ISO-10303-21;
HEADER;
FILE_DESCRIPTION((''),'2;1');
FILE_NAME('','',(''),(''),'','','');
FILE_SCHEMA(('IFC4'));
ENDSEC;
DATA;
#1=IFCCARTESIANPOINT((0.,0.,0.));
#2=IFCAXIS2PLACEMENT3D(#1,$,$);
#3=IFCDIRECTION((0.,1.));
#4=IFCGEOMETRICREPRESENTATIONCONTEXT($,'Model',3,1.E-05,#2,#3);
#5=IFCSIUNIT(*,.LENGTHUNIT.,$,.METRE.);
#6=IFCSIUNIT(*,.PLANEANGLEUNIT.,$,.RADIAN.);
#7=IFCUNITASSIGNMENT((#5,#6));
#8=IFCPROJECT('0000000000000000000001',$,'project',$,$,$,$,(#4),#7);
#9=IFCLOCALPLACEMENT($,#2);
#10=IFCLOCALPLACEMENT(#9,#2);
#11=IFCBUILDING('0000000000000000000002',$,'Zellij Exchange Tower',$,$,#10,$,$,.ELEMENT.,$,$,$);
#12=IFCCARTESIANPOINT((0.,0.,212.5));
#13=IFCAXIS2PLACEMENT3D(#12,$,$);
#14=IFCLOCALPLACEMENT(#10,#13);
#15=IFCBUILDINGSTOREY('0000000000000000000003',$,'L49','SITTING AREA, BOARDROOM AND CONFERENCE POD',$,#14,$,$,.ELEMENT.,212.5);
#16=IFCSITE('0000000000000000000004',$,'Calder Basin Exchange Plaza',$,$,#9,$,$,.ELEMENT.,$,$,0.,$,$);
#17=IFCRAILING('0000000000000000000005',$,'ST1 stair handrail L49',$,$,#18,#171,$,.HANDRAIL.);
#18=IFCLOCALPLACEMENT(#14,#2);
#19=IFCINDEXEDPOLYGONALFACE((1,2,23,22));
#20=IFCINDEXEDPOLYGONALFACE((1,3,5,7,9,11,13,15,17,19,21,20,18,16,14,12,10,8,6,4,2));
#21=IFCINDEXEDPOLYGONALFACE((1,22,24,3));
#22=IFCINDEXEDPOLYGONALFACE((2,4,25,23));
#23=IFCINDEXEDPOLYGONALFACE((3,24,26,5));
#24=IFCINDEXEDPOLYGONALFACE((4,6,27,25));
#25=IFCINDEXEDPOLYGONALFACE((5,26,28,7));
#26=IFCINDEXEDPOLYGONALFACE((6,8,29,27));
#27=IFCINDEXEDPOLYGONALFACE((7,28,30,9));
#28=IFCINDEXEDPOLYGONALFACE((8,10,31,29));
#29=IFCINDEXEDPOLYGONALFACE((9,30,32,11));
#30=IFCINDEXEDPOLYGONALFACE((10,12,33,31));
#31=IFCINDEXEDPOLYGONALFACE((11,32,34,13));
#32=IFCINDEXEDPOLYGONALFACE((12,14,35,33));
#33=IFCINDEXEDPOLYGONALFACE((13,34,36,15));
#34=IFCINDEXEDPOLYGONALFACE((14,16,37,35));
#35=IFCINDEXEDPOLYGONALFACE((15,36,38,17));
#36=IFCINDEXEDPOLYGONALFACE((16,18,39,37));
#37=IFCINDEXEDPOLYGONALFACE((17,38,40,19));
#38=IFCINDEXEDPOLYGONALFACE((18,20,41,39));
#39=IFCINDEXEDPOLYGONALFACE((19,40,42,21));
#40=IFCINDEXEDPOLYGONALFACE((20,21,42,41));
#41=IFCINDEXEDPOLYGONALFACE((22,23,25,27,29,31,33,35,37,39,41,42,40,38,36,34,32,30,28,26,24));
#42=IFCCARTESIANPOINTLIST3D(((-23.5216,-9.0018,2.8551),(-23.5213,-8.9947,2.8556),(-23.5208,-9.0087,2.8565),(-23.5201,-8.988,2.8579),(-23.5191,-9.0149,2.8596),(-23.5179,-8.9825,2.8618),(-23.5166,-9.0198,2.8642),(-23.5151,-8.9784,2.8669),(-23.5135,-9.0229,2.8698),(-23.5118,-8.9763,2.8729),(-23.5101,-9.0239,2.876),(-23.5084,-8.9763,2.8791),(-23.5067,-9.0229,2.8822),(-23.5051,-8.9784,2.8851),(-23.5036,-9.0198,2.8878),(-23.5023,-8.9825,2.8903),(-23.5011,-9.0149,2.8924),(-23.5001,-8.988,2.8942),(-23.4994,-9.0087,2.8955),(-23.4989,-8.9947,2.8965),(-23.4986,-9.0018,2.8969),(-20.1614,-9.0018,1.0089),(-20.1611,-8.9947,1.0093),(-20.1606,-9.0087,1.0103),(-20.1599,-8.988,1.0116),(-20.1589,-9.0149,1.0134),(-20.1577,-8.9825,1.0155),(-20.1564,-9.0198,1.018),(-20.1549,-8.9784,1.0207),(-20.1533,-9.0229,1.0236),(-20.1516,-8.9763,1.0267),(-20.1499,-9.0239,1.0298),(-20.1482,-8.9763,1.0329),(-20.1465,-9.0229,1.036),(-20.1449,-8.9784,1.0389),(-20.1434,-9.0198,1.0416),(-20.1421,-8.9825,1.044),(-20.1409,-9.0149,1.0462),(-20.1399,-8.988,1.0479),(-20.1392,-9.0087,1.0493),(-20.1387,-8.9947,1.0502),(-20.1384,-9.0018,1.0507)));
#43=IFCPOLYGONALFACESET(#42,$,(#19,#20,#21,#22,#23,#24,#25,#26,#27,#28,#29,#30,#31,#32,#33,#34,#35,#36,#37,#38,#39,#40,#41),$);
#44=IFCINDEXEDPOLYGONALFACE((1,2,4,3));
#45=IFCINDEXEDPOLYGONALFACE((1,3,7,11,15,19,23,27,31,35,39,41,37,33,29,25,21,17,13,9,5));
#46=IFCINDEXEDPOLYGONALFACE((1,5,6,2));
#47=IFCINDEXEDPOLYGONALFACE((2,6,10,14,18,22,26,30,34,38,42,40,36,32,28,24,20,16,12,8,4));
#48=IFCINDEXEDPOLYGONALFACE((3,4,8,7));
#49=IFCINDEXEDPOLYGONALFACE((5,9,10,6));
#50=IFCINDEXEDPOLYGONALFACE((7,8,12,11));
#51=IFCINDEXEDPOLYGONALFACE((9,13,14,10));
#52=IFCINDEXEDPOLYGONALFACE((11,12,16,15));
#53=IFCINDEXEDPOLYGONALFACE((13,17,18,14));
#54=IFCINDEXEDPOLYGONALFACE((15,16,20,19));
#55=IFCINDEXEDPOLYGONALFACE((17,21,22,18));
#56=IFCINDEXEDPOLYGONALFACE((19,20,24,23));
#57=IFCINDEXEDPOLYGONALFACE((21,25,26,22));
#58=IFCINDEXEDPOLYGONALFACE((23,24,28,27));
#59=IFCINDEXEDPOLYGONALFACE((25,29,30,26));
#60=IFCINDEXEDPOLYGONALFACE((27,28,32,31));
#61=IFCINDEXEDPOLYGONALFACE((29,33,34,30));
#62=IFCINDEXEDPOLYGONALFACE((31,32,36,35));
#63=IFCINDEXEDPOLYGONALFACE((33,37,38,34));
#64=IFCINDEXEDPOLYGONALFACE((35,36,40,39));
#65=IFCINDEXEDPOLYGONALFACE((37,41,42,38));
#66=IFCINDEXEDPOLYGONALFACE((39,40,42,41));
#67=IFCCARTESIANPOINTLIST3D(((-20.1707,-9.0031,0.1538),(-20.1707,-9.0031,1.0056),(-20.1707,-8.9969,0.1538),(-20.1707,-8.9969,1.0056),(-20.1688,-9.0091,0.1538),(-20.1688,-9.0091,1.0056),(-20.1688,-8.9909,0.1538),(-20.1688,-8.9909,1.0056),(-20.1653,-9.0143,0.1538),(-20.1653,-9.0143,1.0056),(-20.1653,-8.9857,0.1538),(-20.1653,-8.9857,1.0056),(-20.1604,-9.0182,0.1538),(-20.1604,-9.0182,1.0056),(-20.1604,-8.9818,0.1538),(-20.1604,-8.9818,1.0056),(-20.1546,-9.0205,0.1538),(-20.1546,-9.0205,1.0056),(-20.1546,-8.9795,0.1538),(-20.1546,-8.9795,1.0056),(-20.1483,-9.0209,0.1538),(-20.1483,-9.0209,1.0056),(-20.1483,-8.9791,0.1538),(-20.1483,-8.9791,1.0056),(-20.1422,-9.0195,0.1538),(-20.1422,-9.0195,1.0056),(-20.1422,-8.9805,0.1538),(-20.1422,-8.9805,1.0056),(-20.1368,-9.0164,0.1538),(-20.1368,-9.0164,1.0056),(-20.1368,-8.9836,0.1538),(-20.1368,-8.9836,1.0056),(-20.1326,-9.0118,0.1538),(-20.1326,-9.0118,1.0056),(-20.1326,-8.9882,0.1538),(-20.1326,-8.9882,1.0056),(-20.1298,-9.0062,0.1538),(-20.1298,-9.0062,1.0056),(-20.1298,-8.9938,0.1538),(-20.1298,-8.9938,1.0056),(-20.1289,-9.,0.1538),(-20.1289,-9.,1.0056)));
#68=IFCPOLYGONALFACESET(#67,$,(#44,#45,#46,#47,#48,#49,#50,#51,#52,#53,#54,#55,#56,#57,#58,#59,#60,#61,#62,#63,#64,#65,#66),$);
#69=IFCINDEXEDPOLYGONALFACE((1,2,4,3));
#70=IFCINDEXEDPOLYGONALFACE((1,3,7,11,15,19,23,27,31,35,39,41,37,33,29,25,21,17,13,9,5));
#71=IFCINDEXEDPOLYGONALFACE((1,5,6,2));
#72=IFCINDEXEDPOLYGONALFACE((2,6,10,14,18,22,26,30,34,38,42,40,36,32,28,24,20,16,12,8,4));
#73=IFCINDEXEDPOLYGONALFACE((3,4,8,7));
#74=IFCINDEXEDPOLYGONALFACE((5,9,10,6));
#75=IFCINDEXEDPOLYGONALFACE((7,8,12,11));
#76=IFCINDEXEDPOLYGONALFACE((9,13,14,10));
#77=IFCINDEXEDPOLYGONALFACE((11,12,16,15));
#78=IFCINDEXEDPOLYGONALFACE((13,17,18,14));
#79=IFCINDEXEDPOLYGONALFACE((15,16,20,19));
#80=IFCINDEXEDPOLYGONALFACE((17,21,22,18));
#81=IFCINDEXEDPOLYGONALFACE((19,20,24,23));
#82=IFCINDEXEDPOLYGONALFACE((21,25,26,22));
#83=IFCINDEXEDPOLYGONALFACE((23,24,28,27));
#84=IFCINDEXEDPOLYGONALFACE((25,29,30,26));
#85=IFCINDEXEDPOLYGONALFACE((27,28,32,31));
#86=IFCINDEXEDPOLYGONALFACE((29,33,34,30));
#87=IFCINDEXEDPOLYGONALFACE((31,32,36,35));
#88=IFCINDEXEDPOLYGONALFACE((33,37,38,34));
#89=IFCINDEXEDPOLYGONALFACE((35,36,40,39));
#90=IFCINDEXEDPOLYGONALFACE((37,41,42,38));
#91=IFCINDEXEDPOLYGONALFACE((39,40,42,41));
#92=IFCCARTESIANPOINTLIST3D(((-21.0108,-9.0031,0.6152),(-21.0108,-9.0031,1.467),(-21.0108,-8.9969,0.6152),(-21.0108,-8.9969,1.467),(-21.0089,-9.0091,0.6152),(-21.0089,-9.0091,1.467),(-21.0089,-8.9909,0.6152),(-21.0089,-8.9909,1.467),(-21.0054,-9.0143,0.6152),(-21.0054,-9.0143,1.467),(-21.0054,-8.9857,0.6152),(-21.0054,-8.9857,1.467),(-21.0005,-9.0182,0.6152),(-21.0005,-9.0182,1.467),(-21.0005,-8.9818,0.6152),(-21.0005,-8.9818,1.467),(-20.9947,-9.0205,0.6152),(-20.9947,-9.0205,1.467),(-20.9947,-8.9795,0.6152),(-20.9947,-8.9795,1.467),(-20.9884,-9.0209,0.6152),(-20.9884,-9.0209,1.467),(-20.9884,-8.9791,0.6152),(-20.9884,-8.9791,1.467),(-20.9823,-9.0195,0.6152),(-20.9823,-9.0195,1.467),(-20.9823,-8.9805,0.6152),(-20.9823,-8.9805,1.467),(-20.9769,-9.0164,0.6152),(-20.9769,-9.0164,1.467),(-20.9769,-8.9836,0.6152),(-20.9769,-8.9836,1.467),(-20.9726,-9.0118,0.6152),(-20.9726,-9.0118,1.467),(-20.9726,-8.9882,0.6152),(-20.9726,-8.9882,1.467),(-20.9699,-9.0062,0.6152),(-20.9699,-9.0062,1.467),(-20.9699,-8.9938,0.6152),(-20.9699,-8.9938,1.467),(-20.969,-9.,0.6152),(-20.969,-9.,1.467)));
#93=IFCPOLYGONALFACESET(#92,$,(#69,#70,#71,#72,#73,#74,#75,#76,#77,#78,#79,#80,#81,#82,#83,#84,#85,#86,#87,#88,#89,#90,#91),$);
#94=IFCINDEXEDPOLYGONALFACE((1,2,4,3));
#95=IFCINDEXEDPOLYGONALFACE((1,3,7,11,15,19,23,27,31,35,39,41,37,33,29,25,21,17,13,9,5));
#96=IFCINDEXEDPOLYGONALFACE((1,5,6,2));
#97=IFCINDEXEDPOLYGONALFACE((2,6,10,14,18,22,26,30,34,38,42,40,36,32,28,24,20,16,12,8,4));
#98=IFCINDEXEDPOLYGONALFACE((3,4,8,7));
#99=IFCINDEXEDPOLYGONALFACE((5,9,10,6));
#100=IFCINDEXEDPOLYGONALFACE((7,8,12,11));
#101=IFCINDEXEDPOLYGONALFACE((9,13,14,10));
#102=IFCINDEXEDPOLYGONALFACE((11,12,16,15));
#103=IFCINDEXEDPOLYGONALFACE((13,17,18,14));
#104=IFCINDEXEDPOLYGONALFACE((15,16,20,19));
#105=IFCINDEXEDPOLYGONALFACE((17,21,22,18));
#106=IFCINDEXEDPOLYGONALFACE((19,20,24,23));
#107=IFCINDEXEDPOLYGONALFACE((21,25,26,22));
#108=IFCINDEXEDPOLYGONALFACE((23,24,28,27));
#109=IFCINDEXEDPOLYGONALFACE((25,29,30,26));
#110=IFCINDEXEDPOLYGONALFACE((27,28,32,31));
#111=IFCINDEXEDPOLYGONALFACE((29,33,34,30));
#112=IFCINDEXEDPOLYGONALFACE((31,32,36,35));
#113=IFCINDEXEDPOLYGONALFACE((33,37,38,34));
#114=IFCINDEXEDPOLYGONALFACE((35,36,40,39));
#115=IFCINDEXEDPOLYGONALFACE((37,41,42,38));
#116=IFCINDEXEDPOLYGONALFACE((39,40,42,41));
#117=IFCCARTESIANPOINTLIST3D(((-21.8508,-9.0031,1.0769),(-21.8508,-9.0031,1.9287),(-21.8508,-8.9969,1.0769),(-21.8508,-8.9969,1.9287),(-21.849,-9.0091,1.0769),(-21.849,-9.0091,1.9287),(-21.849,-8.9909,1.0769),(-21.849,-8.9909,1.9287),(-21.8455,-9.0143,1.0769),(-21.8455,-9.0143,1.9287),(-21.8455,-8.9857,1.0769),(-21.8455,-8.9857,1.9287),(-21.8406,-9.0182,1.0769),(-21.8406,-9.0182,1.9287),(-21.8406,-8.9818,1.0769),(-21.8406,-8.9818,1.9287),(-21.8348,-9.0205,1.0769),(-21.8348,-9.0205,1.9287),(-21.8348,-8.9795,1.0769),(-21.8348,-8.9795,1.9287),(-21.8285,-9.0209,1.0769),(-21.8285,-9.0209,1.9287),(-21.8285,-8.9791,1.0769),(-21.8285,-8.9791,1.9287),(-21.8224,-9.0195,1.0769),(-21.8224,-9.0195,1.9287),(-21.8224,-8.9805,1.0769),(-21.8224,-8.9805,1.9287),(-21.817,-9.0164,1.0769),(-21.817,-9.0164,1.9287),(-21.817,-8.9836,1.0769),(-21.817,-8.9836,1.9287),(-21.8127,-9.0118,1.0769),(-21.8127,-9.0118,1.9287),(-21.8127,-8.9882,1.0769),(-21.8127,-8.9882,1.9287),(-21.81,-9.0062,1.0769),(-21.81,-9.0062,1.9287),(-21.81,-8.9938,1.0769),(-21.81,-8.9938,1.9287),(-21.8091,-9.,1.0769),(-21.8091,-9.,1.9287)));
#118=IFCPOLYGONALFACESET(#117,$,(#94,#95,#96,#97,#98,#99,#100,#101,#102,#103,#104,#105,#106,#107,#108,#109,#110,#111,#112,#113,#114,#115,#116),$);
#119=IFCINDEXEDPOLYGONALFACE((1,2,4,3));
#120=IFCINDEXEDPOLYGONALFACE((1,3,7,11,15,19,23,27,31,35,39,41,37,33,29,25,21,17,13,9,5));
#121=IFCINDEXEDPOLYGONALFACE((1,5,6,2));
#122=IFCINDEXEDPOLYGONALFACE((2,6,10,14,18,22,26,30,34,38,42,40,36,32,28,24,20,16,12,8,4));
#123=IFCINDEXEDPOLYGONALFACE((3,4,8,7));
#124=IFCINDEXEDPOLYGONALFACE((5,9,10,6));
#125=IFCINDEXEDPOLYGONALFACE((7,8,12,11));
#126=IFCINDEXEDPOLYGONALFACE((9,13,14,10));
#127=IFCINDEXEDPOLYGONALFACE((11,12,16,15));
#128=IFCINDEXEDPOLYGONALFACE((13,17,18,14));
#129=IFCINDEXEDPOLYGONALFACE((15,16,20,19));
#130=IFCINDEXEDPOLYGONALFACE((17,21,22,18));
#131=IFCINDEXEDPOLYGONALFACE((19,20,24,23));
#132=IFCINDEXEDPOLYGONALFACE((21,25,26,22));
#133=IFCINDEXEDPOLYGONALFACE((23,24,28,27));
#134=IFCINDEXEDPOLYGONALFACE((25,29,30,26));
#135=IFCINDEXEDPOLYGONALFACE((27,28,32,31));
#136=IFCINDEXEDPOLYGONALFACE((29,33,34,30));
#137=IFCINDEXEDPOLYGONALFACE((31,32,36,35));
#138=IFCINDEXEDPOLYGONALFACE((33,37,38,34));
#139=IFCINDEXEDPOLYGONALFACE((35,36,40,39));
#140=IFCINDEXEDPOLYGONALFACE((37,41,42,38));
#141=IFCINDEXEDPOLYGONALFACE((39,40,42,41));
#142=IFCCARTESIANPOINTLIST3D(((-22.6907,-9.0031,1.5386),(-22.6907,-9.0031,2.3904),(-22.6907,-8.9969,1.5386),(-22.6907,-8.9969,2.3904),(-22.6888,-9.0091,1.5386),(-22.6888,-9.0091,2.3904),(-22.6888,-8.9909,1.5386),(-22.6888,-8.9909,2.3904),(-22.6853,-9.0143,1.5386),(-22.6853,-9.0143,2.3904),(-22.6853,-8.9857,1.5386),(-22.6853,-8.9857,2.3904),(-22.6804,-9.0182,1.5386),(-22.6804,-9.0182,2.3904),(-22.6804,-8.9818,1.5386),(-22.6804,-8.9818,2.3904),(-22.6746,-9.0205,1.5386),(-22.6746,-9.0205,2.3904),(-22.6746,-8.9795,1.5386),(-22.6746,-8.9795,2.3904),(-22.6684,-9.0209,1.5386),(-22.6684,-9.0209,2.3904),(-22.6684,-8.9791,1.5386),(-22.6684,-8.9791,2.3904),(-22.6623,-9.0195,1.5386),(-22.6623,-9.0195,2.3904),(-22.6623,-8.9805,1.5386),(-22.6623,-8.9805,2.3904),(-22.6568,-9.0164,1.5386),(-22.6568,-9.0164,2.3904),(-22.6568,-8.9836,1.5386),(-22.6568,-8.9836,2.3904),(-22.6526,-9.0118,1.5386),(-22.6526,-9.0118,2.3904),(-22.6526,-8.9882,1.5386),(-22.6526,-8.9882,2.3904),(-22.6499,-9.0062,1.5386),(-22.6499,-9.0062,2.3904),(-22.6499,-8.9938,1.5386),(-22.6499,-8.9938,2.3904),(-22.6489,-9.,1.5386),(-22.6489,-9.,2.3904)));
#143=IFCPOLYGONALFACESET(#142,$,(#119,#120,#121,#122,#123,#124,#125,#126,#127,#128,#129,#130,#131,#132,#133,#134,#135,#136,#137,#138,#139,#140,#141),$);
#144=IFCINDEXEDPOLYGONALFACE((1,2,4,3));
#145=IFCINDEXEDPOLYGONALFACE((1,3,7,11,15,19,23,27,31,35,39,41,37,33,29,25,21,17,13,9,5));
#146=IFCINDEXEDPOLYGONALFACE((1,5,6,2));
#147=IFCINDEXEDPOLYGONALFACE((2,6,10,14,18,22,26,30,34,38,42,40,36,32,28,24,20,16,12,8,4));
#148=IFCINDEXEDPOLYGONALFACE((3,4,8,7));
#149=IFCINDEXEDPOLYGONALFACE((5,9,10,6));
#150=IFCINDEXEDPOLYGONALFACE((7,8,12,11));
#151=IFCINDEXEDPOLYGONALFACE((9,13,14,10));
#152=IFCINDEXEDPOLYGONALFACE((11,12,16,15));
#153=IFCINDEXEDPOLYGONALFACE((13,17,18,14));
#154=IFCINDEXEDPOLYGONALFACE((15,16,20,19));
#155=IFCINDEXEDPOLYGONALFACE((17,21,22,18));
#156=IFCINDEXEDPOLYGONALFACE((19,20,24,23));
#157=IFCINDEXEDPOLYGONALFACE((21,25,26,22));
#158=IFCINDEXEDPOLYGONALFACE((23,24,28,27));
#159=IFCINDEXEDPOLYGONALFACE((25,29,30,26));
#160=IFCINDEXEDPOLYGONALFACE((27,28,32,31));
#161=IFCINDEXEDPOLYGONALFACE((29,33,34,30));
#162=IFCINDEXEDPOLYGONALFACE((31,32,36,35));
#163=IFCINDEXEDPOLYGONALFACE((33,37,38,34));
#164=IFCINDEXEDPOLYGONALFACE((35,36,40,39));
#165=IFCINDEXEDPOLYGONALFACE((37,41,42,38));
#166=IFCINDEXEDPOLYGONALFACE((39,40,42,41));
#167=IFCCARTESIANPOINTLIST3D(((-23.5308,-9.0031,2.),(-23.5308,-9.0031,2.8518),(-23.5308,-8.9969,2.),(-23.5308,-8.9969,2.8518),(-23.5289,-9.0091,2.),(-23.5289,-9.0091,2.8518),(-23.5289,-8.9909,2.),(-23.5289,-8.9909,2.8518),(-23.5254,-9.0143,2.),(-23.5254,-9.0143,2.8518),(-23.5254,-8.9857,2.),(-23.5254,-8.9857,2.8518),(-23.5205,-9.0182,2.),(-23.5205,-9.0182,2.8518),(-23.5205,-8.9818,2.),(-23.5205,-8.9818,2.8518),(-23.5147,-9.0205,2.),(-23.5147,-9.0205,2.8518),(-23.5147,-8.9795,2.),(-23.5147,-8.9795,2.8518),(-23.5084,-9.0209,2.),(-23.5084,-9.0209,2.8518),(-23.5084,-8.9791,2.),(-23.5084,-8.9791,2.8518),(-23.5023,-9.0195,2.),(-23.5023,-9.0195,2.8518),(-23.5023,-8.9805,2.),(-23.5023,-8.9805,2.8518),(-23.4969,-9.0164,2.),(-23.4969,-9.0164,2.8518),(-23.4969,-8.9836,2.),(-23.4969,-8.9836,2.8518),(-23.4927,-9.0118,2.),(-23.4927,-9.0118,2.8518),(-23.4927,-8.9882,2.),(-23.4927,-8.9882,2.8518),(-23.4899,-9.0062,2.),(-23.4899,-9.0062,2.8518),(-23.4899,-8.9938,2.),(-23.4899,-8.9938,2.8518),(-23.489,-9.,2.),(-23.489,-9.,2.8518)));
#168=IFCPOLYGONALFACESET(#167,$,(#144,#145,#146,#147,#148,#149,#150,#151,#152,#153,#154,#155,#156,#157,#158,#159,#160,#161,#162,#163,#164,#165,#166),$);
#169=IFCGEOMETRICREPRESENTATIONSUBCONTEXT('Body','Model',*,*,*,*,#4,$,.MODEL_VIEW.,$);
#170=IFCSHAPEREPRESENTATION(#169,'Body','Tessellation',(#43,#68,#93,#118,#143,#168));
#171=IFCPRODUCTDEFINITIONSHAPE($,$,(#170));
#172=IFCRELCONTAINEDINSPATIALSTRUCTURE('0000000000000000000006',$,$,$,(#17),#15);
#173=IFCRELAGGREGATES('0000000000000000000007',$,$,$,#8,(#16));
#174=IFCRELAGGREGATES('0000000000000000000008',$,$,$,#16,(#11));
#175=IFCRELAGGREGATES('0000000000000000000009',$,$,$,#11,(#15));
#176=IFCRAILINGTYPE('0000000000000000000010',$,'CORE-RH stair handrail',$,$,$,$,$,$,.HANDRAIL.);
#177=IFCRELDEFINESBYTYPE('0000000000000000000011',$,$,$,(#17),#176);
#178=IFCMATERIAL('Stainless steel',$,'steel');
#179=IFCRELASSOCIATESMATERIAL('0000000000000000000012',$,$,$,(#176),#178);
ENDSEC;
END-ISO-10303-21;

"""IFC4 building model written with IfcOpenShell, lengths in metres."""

from ifc_helpers import new_model, si_unit, direction, frame, origin, origin_2d, place, context, subcontext, project, spatial, circle, extrude, material, type_object, element, save


model = new_model("IFC4")

# Units and contexts
model_context = context("Model", 3, precision=1e-05, world=origin(), true_north=direction((0.0, 1.0)))
body_context = subcontext(model_context, "Body", "Model", "MODEL_VIEW")
ifc_project = project(units=[si_unit("LENGTHUNIT", "METRE"), si_unit("PLANEANGLEUNIT", "RADIAN")], contexts=[model_context])

# Site, building, storey
site_placement = place(None, origin())
site = spatial("IfcSite", under=ifc_project, at=site_placement, Name="Calder Basin Exchange Plaza", CompositionType="ELEMENT", RefElevation=0.0)
building_placement = place(site_placement, origin())
building = spatial("IfcBuilding", under=site, at=building_placement, Name="Zellij Exchange Tower", CompositionType="ELEMENT")
storey_placement = place(building_placement, frame((0.0, 0.0, 212.5)))
storey = spatial("IfcBuildingStorey", under=building, at=storey_placement, Name="L49", Description="SITTING AREA, BOARDROOM AND CONFERENCE POD", CompositionType="ELEMENT", Elevation=212.5)

# Railing
ifc_material_1 = material(Name="Stainless steel", Category="steel")
railing_type_1 = type_object("IfcRailingType", Name="CORE-RH stair handrail", PredefinedType="HANDRAIL", material=ifc_material_1)
railing_1_placement = place(storey_placement, frame((-20.1499, -9.0, 0.1538)))
element("IfcRailing", 1, at=railing_1_placement, inside=storey, type_object=railing_type_1, Name="ST1 stair handrail L49", PredefinedType="HANDRAIL", context=body_context, shape_type="SweptSolid", body=[
    extrude(circle(Radius=0.0239, at=origin_2d()), frame((0.0, 0.0, 0.876), z_axis=(-0.876422, 0.0, 0.481545), x_axis=(0.0, -1.0, 0.0)), (0.0, 0.0, 1.0), 3.834),
    extrude(circle(Radius=0.021, at=origin_2d()), origin(), (0.0, 0.0, 1.0), 0.8518),
    extrude(circle(Radius=0.021, at=origin_2d()), frame((-0.8401, 0.0, 0.4614)), (0.0, 0.0, 1.0), 0.8518),
    extrude(circle(Radius=0.021, at=origin_2d()), frame((-1.6802, 0.0, 0.9231)), (0.0, 0.0, 1.0), 0.8518),
    extrude(circle(Radius=0.021, at=origin_2d()), frame((-2.52, 0.0, 1.3848)), (0.0, 0.0, 1.0), 0.8518),
    extrude(circle(Radius=0.021, at=origin_2d()), frame((-3.3601, 0.0, 1.8462)), (0.0, 0.0, 1.0), 0.8518),
])

save(model, "model.ifc")
